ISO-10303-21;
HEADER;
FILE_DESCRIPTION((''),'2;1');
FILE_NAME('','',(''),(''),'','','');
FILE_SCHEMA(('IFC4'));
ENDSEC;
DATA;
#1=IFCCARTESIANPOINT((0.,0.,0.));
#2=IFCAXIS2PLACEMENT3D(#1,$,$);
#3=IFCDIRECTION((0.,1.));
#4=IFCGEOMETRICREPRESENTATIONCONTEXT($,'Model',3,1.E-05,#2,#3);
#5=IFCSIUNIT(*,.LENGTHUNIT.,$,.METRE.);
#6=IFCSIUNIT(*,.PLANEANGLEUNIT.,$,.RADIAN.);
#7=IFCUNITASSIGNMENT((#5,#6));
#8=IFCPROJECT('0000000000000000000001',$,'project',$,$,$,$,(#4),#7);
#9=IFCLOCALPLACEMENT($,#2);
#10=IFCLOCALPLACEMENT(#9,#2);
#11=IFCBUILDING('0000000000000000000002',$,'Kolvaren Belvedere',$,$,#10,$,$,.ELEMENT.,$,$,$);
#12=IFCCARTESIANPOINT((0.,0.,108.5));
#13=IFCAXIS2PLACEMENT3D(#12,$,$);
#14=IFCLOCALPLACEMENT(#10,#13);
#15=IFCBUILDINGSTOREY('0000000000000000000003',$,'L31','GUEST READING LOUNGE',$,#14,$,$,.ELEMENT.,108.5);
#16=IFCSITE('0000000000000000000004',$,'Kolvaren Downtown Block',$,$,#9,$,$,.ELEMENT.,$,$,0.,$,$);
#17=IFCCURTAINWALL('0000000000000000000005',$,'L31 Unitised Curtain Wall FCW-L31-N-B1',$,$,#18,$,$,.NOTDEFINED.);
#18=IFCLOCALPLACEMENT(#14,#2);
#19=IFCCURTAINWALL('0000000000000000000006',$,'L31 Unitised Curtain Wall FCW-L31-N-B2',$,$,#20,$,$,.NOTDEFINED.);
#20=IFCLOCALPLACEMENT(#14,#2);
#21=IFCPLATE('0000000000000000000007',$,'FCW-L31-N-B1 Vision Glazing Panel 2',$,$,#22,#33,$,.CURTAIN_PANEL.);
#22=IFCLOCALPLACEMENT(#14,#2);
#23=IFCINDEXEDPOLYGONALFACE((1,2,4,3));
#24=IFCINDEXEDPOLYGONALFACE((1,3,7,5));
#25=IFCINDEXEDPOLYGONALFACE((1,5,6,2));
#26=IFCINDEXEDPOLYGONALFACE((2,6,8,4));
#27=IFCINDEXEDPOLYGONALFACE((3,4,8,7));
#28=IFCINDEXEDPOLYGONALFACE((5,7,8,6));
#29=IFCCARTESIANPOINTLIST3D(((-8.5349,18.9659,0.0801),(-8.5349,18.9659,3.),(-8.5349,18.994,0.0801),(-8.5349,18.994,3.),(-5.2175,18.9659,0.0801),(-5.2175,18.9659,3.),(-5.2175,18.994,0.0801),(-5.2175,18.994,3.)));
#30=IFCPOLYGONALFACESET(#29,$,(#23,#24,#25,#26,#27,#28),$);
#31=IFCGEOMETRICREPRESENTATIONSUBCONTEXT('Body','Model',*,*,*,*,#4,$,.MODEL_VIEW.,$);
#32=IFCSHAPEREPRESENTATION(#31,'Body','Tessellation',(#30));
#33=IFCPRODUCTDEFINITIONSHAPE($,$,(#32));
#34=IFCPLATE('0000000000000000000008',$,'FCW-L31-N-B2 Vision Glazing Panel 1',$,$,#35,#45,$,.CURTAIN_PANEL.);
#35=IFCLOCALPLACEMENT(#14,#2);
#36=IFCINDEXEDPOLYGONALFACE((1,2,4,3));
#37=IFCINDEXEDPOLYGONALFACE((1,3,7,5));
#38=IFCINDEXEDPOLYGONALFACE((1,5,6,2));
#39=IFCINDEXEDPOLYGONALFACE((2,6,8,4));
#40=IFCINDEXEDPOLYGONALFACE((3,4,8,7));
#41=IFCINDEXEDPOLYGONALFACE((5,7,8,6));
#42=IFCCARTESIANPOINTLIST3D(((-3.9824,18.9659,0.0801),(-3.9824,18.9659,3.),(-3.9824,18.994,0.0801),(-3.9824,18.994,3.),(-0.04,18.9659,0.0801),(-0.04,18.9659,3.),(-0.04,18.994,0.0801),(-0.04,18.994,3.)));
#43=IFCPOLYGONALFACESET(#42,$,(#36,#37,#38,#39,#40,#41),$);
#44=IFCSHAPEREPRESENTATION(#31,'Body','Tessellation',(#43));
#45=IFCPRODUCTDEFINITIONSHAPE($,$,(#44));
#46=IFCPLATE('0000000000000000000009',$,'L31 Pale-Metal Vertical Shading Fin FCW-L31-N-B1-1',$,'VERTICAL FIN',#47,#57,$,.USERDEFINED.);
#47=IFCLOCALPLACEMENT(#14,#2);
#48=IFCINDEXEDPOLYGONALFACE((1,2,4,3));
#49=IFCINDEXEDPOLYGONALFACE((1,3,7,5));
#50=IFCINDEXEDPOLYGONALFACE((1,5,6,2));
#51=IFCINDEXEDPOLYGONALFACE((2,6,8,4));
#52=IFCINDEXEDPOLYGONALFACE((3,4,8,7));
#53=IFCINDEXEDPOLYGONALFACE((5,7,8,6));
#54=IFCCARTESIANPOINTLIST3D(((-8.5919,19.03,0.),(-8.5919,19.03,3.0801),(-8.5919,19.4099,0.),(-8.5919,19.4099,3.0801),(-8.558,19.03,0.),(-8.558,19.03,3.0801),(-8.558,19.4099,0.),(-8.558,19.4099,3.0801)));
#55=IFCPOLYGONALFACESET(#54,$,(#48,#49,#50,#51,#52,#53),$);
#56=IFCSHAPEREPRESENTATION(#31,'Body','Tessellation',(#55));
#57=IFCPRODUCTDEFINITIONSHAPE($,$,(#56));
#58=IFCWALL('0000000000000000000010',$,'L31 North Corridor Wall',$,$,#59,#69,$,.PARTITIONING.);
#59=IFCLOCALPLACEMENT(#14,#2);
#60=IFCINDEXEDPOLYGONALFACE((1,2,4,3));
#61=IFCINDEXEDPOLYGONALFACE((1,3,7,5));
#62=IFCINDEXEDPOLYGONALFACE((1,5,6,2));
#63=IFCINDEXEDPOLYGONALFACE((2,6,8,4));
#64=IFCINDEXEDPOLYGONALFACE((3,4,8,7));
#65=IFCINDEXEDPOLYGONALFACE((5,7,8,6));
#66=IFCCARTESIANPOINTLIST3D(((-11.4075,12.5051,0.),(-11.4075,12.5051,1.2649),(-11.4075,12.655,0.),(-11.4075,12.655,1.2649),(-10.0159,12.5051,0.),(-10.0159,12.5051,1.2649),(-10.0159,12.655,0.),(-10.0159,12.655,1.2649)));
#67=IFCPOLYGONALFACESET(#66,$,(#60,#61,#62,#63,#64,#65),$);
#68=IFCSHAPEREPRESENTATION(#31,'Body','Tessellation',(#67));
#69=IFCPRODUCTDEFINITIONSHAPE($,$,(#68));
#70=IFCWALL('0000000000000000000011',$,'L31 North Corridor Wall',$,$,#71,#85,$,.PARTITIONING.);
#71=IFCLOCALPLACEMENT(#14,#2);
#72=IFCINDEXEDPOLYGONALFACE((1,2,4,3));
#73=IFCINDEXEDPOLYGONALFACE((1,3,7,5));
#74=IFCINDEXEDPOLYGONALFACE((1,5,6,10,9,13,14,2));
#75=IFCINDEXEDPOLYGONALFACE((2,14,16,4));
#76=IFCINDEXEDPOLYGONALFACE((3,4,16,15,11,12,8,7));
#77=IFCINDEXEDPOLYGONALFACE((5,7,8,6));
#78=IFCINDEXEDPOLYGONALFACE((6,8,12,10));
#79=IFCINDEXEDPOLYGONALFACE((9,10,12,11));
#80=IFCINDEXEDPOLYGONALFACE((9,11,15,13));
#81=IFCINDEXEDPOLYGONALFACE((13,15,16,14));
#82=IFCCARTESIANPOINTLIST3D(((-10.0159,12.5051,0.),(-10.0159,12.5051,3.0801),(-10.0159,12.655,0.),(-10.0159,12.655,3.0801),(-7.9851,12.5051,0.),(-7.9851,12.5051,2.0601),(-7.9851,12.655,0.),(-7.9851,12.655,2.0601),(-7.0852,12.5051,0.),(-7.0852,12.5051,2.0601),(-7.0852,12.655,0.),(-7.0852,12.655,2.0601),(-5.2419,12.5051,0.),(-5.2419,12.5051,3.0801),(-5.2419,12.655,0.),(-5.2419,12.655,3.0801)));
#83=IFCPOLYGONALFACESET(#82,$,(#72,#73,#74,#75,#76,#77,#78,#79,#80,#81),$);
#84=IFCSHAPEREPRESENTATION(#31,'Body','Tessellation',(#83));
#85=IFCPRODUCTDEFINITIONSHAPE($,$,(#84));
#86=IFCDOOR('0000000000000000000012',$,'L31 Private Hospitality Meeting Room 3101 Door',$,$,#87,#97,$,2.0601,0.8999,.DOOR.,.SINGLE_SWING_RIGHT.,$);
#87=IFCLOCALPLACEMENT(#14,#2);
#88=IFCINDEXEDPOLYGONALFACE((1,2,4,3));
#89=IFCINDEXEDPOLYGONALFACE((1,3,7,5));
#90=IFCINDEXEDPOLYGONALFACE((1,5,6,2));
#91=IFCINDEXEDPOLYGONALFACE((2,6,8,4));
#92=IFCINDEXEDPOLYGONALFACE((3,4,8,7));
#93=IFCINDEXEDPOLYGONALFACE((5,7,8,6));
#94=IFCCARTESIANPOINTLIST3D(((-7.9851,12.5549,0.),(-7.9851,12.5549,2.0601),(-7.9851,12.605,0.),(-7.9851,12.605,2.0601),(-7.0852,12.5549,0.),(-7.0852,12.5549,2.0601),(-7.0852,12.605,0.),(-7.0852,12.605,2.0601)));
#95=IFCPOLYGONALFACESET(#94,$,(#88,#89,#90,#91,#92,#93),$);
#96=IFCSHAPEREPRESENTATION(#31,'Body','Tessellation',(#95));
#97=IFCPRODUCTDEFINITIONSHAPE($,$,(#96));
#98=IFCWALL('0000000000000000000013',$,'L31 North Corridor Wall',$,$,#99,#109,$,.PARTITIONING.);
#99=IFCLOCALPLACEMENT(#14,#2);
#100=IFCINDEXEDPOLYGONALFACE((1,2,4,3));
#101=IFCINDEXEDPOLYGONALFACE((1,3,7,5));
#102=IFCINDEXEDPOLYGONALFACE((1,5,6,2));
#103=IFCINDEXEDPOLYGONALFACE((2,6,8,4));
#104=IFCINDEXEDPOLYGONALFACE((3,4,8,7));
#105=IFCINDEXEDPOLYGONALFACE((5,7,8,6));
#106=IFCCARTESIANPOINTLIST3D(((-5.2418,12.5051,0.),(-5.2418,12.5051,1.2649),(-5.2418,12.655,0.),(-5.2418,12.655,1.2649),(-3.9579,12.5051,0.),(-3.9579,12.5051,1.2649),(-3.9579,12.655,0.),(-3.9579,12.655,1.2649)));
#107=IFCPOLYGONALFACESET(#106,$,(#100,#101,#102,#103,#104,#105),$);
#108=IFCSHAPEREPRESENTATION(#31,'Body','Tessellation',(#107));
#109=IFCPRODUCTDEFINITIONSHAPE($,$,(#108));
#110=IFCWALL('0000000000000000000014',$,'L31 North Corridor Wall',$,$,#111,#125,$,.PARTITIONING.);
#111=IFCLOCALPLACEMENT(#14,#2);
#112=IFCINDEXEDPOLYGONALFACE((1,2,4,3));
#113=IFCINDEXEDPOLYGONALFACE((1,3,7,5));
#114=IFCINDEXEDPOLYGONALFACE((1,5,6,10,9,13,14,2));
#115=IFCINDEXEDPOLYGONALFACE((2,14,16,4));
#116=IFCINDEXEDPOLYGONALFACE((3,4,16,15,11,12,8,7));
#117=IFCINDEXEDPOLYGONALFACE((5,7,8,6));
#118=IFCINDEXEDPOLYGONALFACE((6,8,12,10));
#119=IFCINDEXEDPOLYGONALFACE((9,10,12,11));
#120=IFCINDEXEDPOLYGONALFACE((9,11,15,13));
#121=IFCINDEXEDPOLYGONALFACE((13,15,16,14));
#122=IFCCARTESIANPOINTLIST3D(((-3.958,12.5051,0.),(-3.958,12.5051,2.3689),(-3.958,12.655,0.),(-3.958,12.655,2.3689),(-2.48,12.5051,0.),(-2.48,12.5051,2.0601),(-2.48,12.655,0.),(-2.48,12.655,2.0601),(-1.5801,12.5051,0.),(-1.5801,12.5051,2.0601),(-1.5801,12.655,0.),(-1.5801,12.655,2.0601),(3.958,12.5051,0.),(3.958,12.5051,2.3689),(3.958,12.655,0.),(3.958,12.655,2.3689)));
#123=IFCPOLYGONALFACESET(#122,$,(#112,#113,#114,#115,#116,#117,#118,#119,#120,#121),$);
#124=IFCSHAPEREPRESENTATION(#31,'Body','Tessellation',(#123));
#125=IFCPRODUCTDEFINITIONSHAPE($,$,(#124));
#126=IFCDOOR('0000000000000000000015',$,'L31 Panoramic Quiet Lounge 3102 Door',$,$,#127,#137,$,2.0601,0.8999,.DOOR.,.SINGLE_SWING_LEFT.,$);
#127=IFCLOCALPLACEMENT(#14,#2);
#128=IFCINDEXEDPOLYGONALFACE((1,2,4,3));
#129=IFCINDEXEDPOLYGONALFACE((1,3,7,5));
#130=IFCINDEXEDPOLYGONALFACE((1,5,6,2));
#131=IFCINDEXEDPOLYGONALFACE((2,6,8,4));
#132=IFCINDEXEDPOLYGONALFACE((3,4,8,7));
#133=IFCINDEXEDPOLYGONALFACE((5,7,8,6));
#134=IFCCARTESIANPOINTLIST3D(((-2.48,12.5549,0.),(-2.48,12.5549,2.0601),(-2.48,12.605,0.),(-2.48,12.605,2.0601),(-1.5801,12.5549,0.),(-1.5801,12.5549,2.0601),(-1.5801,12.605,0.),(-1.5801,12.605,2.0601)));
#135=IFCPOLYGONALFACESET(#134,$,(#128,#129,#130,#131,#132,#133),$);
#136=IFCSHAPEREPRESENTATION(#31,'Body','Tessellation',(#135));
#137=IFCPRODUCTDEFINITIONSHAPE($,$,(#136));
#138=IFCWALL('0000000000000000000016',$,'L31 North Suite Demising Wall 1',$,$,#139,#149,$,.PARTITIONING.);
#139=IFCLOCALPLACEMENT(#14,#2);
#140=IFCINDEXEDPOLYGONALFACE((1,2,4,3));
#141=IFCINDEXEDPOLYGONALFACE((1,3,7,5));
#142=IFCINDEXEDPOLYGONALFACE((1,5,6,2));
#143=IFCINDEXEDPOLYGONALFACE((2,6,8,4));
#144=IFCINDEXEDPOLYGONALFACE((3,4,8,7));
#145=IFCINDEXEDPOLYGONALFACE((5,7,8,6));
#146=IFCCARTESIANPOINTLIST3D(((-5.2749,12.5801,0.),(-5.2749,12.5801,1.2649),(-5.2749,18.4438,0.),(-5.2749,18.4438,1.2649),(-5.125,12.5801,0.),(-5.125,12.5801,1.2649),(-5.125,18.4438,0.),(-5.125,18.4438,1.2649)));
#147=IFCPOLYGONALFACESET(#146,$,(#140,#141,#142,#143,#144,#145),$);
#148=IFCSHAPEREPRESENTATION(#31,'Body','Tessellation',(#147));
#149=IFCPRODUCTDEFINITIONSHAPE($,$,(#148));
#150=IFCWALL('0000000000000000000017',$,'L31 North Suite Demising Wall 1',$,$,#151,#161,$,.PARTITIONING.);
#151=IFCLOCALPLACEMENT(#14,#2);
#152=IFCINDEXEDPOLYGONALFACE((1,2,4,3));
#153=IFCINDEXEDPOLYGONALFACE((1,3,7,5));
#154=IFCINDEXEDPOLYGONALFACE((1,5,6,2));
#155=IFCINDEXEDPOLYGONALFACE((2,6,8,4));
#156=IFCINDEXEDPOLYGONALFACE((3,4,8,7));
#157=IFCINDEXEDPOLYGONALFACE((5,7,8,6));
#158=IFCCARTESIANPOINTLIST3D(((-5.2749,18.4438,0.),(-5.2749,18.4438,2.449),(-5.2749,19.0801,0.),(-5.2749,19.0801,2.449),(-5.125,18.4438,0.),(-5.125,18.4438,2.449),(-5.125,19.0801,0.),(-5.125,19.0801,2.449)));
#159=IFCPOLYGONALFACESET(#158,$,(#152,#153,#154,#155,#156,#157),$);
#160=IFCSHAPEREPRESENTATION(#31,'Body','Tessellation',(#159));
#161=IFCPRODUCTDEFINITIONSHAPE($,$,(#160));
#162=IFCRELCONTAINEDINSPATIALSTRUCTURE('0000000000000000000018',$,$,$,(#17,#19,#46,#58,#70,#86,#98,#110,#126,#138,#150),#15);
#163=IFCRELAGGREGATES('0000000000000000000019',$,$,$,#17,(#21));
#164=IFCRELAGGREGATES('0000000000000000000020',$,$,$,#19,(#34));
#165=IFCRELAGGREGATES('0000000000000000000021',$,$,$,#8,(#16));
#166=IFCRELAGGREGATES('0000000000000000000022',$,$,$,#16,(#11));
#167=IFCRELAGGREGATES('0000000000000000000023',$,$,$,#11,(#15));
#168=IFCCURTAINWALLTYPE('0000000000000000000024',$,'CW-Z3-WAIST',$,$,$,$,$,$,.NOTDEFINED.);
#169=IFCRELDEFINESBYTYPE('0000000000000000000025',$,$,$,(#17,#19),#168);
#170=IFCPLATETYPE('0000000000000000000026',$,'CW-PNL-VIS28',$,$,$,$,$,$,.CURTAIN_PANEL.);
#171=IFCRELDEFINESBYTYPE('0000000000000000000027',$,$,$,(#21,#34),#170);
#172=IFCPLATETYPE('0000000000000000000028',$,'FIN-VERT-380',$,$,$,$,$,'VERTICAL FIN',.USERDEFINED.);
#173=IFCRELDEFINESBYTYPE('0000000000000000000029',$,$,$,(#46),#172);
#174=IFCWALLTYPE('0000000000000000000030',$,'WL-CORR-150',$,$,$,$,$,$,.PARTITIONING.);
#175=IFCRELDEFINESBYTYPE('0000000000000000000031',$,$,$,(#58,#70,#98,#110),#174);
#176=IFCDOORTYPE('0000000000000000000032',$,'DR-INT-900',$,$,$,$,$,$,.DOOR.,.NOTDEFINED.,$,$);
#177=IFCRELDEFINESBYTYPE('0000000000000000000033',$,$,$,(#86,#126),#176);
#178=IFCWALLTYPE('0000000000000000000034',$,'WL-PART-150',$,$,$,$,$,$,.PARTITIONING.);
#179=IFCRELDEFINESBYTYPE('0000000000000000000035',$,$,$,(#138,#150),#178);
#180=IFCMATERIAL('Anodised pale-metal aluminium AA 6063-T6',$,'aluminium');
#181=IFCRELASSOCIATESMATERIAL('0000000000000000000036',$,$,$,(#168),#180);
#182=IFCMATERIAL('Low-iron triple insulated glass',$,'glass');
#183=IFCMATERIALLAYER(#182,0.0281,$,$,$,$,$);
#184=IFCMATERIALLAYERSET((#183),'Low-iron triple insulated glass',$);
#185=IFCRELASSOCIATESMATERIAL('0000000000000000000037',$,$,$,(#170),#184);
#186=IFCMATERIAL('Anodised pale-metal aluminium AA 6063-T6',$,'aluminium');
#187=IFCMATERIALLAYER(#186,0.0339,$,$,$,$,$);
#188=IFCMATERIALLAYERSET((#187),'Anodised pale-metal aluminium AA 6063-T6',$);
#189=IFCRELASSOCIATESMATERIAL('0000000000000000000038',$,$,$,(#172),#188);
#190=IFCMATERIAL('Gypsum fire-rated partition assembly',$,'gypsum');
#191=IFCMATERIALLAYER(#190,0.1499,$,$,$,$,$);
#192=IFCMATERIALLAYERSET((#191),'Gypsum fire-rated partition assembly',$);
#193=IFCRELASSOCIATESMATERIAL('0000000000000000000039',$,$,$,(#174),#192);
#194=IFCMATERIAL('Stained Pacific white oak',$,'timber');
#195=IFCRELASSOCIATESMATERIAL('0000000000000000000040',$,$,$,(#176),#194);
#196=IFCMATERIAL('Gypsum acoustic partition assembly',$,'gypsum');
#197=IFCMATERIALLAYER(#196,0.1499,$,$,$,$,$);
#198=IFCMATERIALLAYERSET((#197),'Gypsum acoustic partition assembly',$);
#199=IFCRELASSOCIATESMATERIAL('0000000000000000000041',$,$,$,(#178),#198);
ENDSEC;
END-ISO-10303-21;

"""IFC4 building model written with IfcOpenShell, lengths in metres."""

from ifc_helpers import new_model, si_unit, direction, frame, frame_2d, origin, origin_2d, place, context, subcontext, project, spatial, rectangle, extrude, material, layer, layer_set, type_object, element, fill, aggregate, save


model = new_model("IFC4")

# Units and contexts
model_context = context("Model", 3, precision=1e-05, world=origin(), true_north=direction((0.0, 1.0)))
body_context = subcontext(model_context, "Body", "Model", "MODEL_VIEW")
ifc_project = project(units=[si_unit("LENGTHUNIT", "METRE"), si_unit("PLANEANGLEUNIT", "RADIAN")], contexts=[model_context])

# Site, building, storey
site_placement = place(None, origin())
site = spatial("IfcSite", under=ifc_project, at=site_placement, Name="Kolvaren Downtown Block", CompositionType="ELEMENT", RefElevation=0.0)
building_placement = place(site_placement, origin())
building = spatial("IfcBuilding", under=site, at=building_placement, Name="Kolvaren Belvedere", CompositionType="ELEMENT")
storey_placement = place(building_placement, frame((0.0, 0.0, 108.5)))
storey = spatial("IfcBuildingStorey", under=building, at=storey_placement, Name="L31", Description="GUEST READING LOUNGE", CompositionType="ELEMENT", Elevation=108.5)

# Curtain walls
ifc_material_1 = material(Name="Anodised pale-metal aluminium AA 6063-T6", Category="aluminium")
curtain_wall_type = type_object("IfcCurtainWallType", Name="CW-Z3-WAIST", PredefinedType="NOTDEFINED", material=ifc_material_1)
curtain_wall_1_placement = place(storey_placement, origin())
curtain_wall_1 = element("IfcCurtainWall", 1, at=curtain_wall_1_placement, inside=storey, type_object=curtain_wall_type, Name="L31 Unitised Curtain Wall FCW-L31-N-B1", PredefinedType="NOTDEFINED")
curtain_wall_2_placement = place(storey_placement, origin())
curtain_wall_2 = element("IfcCurtainWall", 2, at=curtain_wall_2_placement, inside=storey, type_object=curtain_wall_type, Name="L31 Unitised Curtain Wall FCW-L31-N-B2", PredefinedType="NOTDEFINED")

# Plates
ifc_material_2 = material(Name="Low-iron triple insulated glass", Category="glass")
ifc_layer_1 = layer(ifc_material_2, 0.0281)
ifc_layer_set_1 = layer_set([ifc_layer_1], Name="Low-iron triple insulated glass")
plate_type_1 = type_object("IfcPlateType", Name="CW-PNL-VIS28", PredefinedType="CURTAIN_PANEL", material=ifc_layer_set_1)
plate_1_placement = place(storey_placement, frame((-6.8762, 18.98, 0.0801), z_axis=(0.0, 0.0, 1.0), x_axis=(1.0, 0.0, 0.0)))
plate_1 = element("IfcPlate", 3, at=plate_1_placement, type_object=plate_type_1, Name="FCW-L31-N-B1 Vision Glazing Panel 2", PredefinedType="CURTAIN_PANEL", context=body_context, shape_type="SweptSolid", body=[
    extrude(rectangle(XDim=3.3174, YDim=0.0281, at=origin_2d()), origin(), (0.0, 0.0, 1.0), 2.9199),
])
aggregate(curtain_wall_1, [plate_1])
plate_2_placement = place(storey_placement, frame((-2.0112, 18.98, 0.0801), z_axis=(0.0, 0.0, 1.0), x_axis=(1.0, 0.0, 0.0)))
plate_2 = element("IfcPlate", 4, at=plate_2_placement, type_object=plate_type_1, Name="FCW-L31-N-B2 Vision Glazing Panel 1", PredefinedType="CURTAIN_PANEL", context=body_context, shape_type="SweptSolid", body=[
    extrude(rectangle(XDim=3.9424, YDim=0.0281, at=origin_2d()), origin(), (0.0, 0.0, 1.0), 2.9199),
])
aggregate(curtain_wall_2, [plate_2])
ifc_material_3 = material(Name="Anodised pale-metal aluminium AA 6063-T6", Category="aluminium")
ifc_layer_2 = layer(ifc_material_3, 0.0339)
ifc_layer_set_2 = layer_set([ifc_layer_2], Name="Anodised pale-metal aluminium AA 6063-T6")
plate_type_2 = type_object("IfcPlateType", Name="FIN-VERT-380", ElementType="VERTICAL FIN", PredefinedType="USERDEFINED", material=ifc_layer_set_2)
plate_3_placement = place(storey_placement, frame((-8.575, 19.22, 0.0), z_axis=(0.0, 0.0, 1.0), x_axis=(0.0, 1.0, 0.0)))
element("IfcPlate", 5, at=plate_3_placement, inside=storey, type_object=plate_type_2, Name="L31 Pale-Metal Vertical Shading Fin FCW-L31-N-B1-1", ObjectType="VERTICAL FIN", PredefinedType="USERDEFINED", context=body_context, shape_type="SweptSolid", body=[
    extrude(rectangle(XDim=0.3799, YDim=0.0339, at=origin_2d()), origin(), (0.0, 0.0, 1.0), 3.0801),
])

# Wall
ifc_material_4 = material(Name="Gypsum fire-rated partition assembly", Category="gypsum")
ifc_layer_3 = layer(ifc_material_4, 0.1499)
ifc_layer_set_3 = layer_set([ifc_layer_3], Name="Gypsum fire-rated partition assembly")
wall_type_1 = type_object("IfcWallType", Name="WL-CORR-150", PredefinedType="PARTITIONING", material=ifc_layer_set_3)
wall_1_placement = place(storey_placement, frame((-11.4075, 12.5801, 0.0), z_axis=(0.0, 0.0, 1.0), x_axis=(1.0, 0.0, 0.0)))
element("IfcWall", 6, at=wall_1_placement, inside=storey, type_object=wall_type_1, Name="L31 North Corridor Wall", PredefinedType="PARTITIONING", context=body_context, shape_type="SweptSolid", body=[
    extrude(rectangle(XDim=1.3916, YDim=0.1499, at=frame_2d((0.6958, 0.0))), origin(), (0.0, 0.0, 1.0), 1.2649),
])

# Wall, opening, door
wall_2_placement = place(storey_placement, frame((-10.0159, 12.5801, 0.0), z_axis=(0.0, 0.0, 1.0), x_axis=(1.0, 0.0, 0.0)))
wall_2 = element("IfcWall", 7, at=wall_2_placement, inside=storey, type_object=wall_type_1, Name="L31 North Corridor Wall", PredefinedType="PARTITIONING", context=body_context, shape_type="SweptSolid", body=[
    extrude(rectangle(XDim=4.7739, YDim=0.1499, at=frame_2d((2.387, 0.0))), origin(), (0.0, 0.0, 1.0), 3.0801),
])
opening_1_placement = place(wall_2_placement, frame((2.0308, 0.0, 0.0)))
opening_1 = element("IfcOpeningElement", 8, at=opening_1_placement, cuts=wall_2, PredefinedType="OPENING", context=body_context, shape_type="SweptSolid", body=[
    extrude(rectangle(XDim=0.8999, YDim=2.0601, at=frame_2d((0.45, 1.03))), frame((0.0, 0.085, 0.0), z_axis=(0.0, -1.0, 0.0), x_axis=(1.0, 0.0, 0.0)), (0.0, 0.0, 1.0), 0.1699),
])
ifc_material_5 = material(Name="Stained Pacific white oak", Category="timber")
door_type = type_object("IfcDoorType", Name="DR-INT-900", OperationType="NOTDEFINED", PredefinedType="DOOR", material=ifc_material_5)
door_1_placement = place(opening_1_placement, origin())
door_1 = element("IfcDoor", 9, at=door_1_placement, inside=storey, type_object=door_type, Name="L31 Private Hospitality Meeting Room 3101 Door", OperationType="SINGLE_SWING_RIGHT", OverallHeight=2.0601, OverallWidth=0.8999, PredefinedType="DOOR", context=body_context, shape_type="SweptSolid", body=[
    extrude(rectangle(XDim=0.8999, YDim=2.0601, at=frame_2d((0.45, 1.03))), frame((0.0, 0.0249, 0.0), z_axis=(0.0, -1.0, 0.0), x_axis=(1.0, 0.0, 0.0)), (0.0, 0.0, 1.0), 0.05),
])
fill(opening_1, door_1)

# Wall
wall_3_placement = place(storey_placement, frame((-5.2419, 12.5801, 0.0), z_axis=(0.0, 0.0, 1.0), x_axis=(1.0, 0.0, 0.0)))
element("IfcWall", 10, at=wall_3_placement, inside=storey, type_object=wall_type_1, Name="L31 North Corridor Wall", PredefinedType="PARTITIONING", context=body_context, shape_type="SweptSolid", body=[
    extrude(rectangle(XDim=1.2839, YDim=0.1499, at=frame_2d((0.6421, 0.0))), origin(), (0.0, 0.0, 1.0), 1.2649),
])

# Wall, opening, door
wall_4_placement = place(storey_placement, frame((-3.958, 12.5801, 0.0), z_axis=(0.0, 0.0, 1.0), x_axis=(1.0, 0.0, 0.0)))
wall_4 = element("IfcWall", 11, at=wall_4_placement, inside=storey, type_object=wall_type_1, Name="L31 North Corridor Wall", PredefinedType="PARTITIONING", context=body_context, shape_type="SweptSolid", body=[
    extrude(rectangle(XDim=7.916, YDim=0.1499, at=frame_2d((3.958, 0.0))), origin(), (0.0, 0.0, 1.0), 2.3689),
])
opening_2_placement = place(wall_4_placement, frame((1.478, 0.0, 0.0)))
opening_2 = element("IfcOpeningElement", 12, at=opening_2_placement, cuts=wall_4, PredefinedType="OPENING", context=body_context, shape_type="SweptSolid", body=[
    extrude(rectangle(XDim=0.8999, YDim=2.0601, at=frame_2d((0.45, 1.03))), frame((0.0, 0.085, 0.0), z_axis=(0.0, -1.0, 0.0), x_axis=(1.0, 0.0, 0.0)), (0.0, 0.0, 1.0), 0.1699),
])
door_2_placement = place(opening_2_placement, origin())
door_2 = element("IfcDoor", 13, at=door_2_placement, inside=storey, type_object=door_type, Name="L31 Panoramic Quiet Lounge 3102 Door", OperationType="SINGLE_SWING_LEFT", OverallHeight=2.0601, OverallWidth=0.8999, PredefinedType="DOOR", context=body_context, shape_type="SweptSolid", body=[
    extrude(rectangle(XDim=0.8999, YDim=2.0601, at=frame_2d((0.45, 1.03))), frame((0.0, 0.0249, 0.0), z_axis=(0.0, -1.0, 0.0), x_axis=(1.0, 0.0, 0.0)), (0.0, 0.0, 1.0), 0.05),
])
fill(opening_2, door_2)

# Walls
ifc_material_6 = material(Name="Gypsum acoustic partition assembly", Category="gypsum")
ifc_layer_4 = layer(ifc_material_6, 0.1499)
ifc_layer_set_4 = layer_set([ifc_layer_4], Name="Gypsum acoustic partition assembly")
wall_type_2 = type_object("IfcWallType", Name="WL-PART-150", PredefinedType="PARTITIONING", material=ifc_layer_set_4)
wall_5_placement = place(storey_placement, frame((-5.2, 12.5801, 0.0), z_axis=(0.0, 0.0, 1.0), x_axis=(0.0, 1.0, 0.0)))
element("IfcWall", 14, at=wall_5_placement, inside=storey, type_object=wall_type_2, Name="L31 North Suite Demising Wall 1", PredefinedType="PARTITIONING", context=body_context, shape_type="SweptSolid", body=[
    extrude(rectangle(XDim=5.8638, YDim=0.1499, at=frame_2d((2.9319, 0.0))), origin(), (0.0, 0.0, 1.0), 1.2649),
])
wall_6_placement = place(storey_placement, frame((-5.2, 18.4438, 0.0), z_axis=(0.0, 0.0, 1.0), x_axis=(0.0, 1.0, 0.0)))
element("IfcWall", 15, at=wall_6_placement, inside=storey, type_object=wall_type_2, Name="L31 North Suite Demising Wall 1", PredefinedType="PARTITIONING", context=body_context, shape_type="SweptSolid", body=[
    extrude(rectangle(XDim=0.6362, YDim=0.1499, at=frame_2d((0.3181, 0.0))), origin(), (0.0, 0.0, 1.0), 2.449),
])

save(model, "model.ifc")
